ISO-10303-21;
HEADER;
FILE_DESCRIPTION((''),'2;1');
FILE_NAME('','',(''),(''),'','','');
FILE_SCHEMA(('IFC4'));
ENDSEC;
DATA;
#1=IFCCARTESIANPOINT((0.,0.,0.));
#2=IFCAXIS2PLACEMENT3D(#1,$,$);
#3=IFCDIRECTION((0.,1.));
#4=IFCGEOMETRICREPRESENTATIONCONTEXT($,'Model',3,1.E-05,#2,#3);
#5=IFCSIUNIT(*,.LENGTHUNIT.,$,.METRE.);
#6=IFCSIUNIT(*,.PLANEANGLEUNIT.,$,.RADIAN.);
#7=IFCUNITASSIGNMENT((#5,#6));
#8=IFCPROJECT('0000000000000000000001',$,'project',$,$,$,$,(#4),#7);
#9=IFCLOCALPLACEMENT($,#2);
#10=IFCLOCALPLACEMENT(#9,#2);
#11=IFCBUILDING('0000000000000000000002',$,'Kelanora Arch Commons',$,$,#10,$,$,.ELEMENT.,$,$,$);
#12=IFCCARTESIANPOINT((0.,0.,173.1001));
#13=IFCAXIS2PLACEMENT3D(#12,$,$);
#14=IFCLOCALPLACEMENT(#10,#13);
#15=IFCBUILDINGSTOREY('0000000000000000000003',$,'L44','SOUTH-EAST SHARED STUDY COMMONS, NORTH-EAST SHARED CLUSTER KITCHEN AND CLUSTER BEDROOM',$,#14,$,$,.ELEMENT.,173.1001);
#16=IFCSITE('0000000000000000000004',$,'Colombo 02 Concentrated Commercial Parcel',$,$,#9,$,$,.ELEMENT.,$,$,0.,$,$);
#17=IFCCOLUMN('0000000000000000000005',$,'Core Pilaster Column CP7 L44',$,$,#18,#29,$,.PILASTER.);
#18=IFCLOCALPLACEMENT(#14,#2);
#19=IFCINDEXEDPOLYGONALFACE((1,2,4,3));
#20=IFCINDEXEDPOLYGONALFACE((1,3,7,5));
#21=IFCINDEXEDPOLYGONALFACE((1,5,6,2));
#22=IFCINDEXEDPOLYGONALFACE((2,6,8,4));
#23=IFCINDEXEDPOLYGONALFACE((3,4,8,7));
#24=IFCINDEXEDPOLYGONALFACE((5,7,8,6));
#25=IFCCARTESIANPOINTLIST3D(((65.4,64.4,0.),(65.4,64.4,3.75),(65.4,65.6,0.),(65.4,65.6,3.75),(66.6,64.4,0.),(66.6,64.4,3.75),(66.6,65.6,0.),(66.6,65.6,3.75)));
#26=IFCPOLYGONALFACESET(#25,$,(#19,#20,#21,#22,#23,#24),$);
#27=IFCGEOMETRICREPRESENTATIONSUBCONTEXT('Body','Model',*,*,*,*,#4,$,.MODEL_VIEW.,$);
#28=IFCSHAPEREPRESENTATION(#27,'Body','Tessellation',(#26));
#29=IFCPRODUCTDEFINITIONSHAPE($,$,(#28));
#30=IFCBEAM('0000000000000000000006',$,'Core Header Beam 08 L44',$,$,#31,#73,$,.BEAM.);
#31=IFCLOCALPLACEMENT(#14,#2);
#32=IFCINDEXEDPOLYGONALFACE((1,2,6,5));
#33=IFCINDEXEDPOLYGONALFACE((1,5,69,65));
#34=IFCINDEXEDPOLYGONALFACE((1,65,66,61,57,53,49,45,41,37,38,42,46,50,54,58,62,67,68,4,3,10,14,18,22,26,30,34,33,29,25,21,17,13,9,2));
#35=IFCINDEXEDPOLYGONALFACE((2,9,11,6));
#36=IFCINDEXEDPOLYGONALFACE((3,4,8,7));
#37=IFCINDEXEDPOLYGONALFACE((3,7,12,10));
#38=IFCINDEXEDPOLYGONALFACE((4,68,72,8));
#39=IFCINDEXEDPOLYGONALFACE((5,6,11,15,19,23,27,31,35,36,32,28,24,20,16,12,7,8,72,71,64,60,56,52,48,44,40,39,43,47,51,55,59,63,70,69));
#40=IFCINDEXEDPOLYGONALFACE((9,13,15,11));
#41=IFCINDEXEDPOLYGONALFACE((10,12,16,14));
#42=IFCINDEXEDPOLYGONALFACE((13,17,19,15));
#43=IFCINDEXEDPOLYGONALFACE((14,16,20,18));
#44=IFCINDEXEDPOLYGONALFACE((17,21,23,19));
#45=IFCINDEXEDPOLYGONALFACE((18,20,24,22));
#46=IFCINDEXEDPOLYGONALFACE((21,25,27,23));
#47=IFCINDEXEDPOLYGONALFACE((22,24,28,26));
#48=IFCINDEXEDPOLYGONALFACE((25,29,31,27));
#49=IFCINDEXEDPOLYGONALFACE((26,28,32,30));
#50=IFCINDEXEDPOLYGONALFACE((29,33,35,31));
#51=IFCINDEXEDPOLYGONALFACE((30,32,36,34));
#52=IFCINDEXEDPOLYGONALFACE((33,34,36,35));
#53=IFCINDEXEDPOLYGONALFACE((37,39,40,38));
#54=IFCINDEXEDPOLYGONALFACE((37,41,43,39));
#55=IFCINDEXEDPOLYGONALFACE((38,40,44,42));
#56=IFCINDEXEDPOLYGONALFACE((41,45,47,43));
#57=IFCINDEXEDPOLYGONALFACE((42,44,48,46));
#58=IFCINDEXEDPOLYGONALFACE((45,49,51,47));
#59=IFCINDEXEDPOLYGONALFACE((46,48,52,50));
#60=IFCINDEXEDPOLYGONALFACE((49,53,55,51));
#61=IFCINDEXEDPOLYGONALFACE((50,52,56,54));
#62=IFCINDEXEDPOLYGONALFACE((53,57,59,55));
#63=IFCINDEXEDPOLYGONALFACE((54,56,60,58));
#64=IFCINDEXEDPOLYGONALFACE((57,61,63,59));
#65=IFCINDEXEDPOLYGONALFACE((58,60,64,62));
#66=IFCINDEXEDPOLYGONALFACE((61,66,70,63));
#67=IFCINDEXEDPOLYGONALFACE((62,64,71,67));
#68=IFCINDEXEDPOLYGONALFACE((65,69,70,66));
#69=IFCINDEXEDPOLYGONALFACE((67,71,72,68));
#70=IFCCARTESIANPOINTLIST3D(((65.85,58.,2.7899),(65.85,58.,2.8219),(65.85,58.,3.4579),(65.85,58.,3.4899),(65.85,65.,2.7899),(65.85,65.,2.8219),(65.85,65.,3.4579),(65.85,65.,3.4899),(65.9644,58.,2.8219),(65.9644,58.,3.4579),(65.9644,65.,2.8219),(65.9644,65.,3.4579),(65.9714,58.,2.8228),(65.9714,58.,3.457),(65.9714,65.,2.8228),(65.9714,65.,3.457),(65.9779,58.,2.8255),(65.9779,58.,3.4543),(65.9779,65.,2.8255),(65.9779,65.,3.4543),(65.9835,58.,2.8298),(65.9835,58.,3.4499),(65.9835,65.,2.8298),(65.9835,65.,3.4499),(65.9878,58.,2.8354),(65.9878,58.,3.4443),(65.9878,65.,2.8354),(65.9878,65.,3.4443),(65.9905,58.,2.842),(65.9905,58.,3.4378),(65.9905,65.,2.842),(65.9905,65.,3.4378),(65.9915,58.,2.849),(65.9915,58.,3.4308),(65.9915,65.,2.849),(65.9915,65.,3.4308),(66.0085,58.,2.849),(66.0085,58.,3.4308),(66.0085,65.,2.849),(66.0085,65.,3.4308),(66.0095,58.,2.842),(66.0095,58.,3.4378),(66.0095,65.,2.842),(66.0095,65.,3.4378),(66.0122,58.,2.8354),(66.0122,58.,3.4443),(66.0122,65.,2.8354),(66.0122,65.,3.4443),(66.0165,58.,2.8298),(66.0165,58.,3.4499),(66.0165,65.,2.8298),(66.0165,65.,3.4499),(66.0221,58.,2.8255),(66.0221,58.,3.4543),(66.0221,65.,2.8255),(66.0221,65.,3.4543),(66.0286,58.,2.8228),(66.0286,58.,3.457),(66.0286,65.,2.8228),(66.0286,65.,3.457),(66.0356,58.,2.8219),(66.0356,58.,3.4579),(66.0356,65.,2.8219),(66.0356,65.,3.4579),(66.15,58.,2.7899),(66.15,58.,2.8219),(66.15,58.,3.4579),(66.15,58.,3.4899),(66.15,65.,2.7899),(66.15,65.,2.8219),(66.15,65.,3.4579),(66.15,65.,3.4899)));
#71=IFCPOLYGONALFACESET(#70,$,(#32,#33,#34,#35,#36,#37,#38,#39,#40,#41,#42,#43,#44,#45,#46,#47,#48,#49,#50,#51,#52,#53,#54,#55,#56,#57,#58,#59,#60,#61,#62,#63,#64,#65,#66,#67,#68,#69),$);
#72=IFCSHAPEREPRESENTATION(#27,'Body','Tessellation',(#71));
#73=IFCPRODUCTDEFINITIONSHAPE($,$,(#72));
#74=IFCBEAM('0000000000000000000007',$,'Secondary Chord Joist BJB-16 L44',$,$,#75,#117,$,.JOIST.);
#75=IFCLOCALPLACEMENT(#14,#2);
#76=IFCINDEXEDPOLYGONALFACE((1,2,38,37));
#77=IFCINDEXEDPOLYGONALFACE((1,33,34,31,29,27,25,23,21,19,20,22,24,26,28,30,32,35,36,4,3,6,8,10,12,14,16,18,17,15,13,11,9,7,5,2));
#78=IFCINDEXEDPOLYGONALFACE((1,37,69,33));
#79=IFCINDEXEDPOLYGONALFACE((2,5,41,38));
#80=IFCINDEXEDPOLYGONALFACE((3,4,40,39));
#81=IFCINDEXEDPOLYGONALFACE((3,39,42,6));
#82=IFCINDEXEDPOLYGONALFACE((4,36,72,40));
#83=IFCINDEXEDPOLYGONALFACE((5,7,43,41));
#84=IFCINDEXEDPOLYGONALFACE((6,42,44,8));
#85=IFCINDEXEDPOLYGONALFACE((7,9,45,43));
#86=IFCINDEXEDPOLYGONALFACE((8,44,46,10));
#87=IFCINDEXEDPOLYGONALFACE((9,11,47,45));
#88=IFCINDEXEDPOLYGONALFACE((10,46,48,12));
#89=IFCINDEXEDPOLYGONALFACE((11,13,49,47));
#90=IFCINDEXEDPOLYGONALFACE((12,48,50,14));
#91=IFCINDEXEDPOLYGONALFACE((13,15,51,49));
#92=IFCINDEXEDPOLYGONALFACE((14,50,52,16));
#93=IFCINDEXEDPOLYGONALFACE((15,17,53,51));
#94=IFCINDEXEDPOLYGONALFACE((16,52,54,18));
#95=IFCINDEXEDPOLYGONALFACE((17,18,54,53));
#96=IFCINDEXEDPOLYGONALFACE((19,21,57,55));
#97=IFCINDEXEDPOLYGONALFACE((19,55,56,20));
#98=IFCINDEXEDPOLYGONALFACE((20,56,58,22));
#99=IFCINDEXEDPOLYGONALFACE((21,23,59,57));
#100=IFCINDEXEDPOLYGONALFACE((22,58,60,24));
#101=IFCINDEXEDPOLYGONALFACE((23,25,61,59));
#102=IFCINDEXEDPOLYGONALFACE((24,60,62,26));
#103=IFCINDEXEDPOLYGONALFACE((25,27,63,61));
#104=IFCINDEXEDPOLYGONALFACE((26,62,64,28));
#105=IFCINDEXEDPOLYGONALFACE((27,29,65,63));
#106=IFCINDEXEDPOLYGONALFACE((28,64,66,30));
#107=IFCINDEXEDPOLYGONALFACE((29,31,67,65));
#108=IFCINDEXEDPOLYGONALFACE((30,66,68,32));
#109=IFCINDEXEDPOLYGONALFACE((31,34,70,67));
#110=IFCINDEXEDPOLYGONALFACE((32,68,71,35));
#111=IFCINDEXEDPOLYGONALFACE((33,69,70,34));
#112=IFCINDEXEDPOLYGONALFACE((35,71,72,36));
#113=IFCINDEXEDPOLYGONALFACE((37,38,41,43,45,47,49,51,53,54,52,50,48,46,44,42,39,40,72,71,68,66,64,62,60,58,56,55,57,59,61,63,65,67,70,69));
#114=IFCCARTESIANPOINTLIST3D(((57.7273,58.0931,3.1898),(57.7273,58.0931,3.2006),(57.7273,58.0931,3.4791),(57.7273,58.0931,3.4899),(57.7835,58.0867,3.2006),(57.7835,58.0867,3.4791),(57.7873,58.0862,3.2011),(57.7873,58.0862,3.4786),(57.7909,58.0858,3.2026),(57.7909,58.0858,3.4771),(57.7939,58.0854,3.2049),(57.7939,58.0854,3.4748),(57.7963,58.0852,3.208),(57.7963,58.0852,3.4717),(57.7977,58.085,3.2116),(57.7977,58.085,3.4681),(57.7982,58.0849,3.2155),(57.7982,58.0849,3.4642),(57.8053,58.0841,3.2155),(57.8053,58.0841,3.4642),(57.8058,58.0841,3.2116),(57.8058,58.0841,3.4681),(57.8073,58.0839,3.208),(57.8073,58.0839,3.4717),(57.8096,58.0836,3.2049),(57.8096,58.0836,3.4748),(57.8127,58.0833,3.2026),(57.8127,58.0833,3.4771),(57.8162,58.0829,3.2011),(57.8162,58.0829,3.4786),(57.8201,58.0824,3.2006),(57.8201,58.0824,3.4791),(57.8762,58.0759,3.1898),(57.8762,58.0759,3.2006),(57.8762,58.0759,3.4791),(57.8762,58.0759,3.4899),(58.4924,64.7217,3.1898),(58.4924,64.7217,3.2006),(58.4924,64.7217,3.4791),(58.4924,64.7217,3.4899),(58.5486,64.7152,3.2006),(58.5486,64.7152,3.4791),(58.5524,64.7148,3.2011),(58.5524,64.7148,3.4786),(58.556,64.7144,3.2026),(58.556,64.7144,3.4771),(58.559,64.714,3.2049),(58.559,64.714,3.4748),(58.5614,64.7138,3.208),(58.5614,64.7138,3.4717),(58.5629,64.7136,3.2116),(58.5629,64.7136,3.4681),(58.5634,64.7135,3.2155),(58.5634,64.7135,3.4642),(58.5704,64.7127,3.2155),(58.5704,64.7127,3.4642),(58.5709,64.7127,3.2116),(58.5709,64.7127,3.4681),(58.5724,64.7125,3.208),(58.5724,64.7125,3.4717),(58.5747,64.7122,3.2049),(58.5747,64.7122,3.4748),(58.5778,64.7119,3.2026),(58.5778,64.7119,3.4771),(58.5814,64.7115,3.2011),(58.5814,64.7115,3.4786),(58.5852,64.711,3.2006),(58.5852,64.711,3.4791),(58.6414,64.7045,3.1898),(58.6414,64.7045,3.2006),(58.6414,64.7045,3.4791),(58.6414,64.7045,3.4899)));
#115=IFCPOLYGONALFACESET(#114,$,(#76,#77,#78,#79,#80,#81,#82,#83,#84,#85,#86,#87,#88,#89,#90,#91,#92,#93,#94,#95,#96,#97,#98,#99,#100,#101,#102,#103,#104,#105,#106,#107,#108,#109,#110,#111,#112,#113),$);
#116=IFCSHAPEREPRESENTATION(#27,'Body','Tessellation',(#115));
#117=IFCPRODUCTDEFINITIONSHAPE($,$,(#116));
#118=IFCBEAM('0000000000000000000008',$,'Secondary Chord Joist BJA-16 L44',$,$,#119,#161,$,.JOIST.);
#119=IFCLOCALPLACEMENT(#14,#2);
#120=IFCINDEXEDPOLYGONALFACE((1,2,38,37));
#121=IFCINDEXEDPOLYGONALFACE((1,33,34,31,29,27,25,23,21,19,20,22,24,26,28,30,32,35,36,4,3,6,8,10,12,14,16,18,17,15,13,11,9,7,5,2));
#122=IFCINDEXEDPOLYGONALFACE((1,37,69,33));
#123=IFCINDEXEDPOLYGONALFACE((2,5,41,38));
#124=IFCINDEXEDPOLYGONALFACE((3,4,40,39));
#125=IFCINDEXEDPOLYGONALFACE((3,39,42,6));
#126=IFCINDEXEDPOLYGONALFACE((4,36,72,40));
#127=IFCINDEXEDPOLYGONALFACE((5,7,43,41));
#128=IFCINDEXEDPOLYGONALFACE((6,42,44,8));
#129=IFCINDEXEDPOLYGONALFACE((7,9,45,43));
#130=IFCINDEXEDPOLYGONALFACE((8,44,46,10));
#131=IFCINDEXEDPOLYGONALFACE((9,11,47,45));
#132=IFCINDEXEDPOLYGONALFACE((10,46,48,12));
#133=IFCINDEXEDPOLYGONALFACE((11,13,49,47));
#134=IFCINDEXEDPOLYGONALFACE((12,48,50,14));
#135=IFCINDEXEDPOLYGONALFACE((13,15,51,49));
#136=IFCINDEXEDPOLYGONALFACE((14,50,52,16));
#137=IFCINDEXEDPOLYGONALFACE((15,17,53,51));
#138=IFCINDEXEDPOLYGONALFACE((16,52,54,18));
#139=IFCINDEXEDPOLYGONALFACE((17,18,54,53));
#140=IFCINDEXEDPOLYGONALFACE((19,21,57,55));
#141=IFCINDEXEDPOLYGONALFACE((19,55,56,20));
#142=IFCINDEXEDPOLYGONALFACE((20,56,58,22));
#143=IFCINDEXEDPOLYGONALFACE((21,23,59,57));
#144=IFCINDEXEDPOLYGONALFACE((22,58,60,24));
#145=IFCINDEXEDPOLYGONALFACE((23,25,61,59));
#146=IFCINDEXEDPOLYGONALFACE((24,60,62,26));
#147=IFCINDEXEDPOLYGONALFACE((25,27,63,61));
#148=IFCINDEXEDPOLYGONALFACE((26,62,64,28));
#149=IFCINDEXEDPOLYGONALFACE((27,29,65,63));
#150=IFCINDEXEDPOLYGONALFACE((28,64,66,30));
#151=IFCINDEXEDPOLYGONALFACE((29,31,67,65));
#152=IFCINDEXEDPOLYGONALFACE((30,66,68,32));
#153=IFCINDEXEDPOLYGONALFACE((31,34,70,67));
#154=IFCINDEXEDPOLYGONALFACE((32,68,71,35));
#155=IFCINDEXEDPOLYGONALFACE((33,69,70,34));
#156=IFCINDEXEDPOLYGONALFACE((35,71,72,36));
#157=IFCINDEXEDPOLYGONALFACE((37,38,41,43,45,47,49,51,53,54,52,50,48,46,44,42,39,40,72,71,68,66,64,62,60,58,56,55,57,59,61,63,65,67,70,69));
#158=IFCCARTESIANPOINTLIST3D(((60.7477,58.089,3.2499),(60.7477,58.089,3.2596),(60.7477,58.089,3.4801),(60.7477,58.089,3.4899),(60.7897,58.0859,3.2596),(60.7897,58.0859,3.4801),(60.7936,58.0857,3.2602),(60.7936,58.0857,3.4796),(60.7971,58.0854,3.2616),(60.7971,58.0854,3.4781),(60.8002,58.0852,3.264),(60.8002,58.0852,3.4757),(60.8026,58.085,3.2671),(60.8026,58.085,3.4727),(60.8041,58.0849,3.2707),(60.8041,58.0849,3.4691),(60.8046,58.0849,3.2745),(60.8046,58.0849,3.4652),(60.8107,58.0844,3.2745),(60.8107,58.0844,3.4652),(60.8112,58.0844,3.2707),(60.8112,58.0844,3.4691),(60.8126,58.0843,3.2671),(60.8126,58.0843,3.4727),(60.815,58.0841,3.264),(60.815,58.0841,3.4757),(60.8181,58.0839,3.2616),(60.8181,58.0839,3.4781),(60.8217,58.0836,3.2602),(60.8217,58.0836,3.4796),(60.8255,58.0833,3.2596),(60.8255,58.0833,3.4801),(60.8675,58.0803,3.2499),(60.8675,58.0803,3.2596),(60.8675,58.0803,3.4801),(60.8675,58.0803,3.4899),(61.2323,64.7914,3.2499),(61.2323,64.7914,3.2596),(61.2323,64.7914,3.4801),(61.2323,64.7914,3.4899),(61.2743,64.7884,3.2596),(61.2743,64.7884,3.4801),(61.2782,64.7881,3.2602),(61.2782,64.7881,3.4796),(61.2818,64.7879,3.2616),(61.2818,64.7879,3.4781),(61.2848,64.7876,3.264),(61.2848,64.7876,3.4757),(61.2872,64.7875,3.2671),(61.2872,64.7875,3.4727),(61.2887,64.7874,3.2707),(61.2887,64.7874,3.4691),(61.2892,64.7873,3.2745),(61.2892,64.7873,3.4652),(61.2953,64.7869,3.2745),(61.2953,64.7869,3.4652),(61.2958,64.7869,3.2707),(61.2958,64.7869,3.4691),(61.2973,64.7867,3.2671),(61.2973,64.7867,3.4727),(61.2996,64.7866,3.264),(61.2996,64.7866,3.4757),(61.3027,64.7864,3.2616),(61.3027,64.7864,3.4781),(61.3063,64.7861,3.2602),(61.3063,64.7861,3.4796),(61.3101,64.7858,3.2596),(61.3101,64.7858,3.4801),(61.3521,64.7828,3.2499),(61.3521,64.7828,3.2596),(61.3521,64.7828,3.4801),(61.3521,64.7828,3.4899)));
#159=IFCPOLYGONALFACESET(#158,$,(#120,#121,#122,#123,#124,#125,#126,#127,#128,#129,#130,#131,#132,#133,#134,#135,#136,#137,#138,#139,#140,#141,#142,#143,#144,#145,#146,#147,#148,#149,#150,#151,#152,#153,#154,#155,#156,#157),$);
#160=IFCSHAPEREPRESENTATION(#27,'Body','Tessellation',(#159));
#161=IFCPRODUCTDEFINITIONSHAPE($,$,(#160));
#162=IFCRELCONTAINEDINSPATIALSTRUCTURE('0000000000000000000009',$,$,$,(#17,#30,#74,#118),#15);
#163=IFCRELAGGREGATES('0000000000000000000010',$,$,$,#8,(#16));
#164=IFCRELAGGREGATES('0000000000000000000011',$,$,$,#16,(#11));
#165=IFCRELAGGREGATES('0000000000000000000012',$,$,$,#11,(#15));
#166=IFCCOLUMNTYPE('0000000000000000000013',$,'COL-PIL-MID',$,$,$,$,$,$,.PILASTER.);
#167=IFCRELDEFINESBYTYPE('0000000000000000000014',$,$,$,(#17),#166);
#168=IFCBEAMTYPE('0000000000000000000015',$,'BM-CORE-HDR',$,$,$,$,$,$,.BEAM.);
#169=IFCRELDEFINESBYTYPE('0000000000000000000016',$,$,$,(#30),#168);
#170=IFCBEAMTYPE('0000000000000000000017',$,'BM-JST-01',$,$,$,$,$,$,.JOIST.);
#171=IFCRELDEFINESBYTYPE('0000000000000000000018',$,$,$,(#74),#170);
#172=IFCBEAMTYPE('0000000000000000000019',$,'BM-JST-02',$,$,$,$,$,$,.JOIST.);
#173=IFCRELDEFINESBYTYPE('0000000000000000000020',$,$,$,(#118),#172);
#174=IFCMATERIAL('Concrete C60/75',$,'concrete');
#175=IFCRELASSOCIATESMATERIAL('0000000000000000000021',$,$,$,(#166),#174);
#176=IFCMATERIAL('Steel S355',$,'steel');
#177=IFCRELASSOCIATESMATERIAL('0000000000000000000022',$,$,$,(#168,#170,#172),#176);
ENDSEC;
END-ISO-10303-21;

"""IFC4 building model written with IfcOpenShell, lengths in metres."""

from ifc_helpers import new_model, si_unit, direction, frame, origin, origin_2d, place, context, subcontext, project, spatial, rectangle, i_section, extrude, material, material_profile, profile_set, type_object, element, save


model = new_model("IFC4")

# Units and contexts
model_context = context("Model", 3, precision=1e-05, world=origin(), true_north=direction((0.0, 1.0)))
body_context = subcontext(model_context, "Body", "Model", "MODEL_VIEW")
ifc_project = project(units=[si_unit("LENGTHUNIT", "METRE"), si_unit("PLANEANGLEUNIT", "RADIAN")], contexts=[model_context])

# Site, building, storey
site_placement = place(None, origin())
site = spatial("IfcSite", under=ifc_project, at=site_placement, Name="Colombo 02 Concentrated Commercial Parcel", CompositionType="ELEMENT", RefElevation=0.0)
building_placement = place(site_placement, origin())
building = spatial("IfcBuilding", under=site, at=building_placement, Name="Kelanora Arch Commons", CompositionType="ELEMENT")
storey_placement = place(building_placement, frame((0.0, 0.0, 173.1001)))
storey = spatial("IfcBuildingStorey", under=building, at=storey_placement, Name="L44", Description="SOUTH-EAST SHARED STUDY COMMONS, NORTH-EAST SHARED CLUSTER KITCHEN AND CLUSTER BEDROOM", CompositionType="ELEMENT", Elevation=173.1001)

# Column
ifc_material_1 = material(Name="Concrete C60/75", Category="concrete")
ifc_material_profile_1 = material_profile(ifc_material_1, rectangle(XDim=1.2, YDim=1.2, at=origin_2d()), Name="RC1200x1200")
ifc_profile_set_1 = profile_set([ifc_material_profile_1], Name="Concrete C60/75")
column_type = type_object("IfcColumnType", Name="COL-PIL-MID", PredefinedType="PILASTER", material=ifc_profile_set_1)
column_placement = place(storey_placement, frame((66.0, 65.0, 0.0), z_axis=(0.0, 0.0, 1.0), x_axis=(1.0, 0.0, 0.0)))
element("IfcColumn", 1, at=column_placement, inside=storey, type_object=column_type, Name="Core Pilaster Column CP7 L44", PredefinedType="PILASTER", context=body_context, shape_type="SweptSolid", body=[
    extrude(rectangle(XDim=1.2, YDim=1.2, at=origin_2d()), origin(), (0.0, 0.0, 1.0), 3.75),
])

# Beams
ifc_material_2 = material(Name="Steel S355", Category="steel")
ifc_material_profile_2 = material_profile(ifc_material_2, i_section(OverallWidth=0.3, OverallDepth=0.7, WebThickness=0.0171, FlangeThickness=0.032, FilletRadius=0.0271, at=origin_2d()), Name="HEB700")
ifc_profile_set_2 = profile_set([ifc_material_profile_2], Name="Steel S355")
beam_type_1 = type_object("IfcBeamType", Name="BM-CORE-HDR", PredefinedType="BEAM", material=ifc_profile_set_2)
beam_1_placement = place(storey_placement, frame((66.0, 65.0, 3.1399), z_axis=(0.0, -1.0, 0.0), x_axis=(1.0, 0.0, 0.0)))
element("IfcBeam", 2, at=beam_1_placement, inside=storey, type_object=beam_type_1, Name="Core Header Beam 08 L44", PredefinedType="BEAM", context=body_context, shape_type="SweptSolid", body=[
    extrude(i_section(OverallWidth=0.3, OverallDepth=0.7, WebThickness=0.0171, FlangeThickness=0.032, FilletRadius=0.0271, at=origin_2d()), origin(), (0.0, 0.0, 1.0), 7.0),
])
ifc_material_profile_3 = material_profile(ifc_material_2, i_section(OverallWidth=0.1499, OverallDepth=0.3, WebThickness=0.0071, FlangeThickness=0.0107, FilletRadius=0.0149, at=origin_2d()), Name="IPE300")
ifc_profile_set_3 = profile_set([ifc_material_profile_3], Name="Steel S355")
beam_type_2 = type_object("IfcBeamType", Name="BM-JST-01", PredefinedType="JOIST", material=ifc_profile_set_3)
beam_2_placement = place(storey_placement, frame((58.5669, 64.7131, 3.3398), z_axis=(-0.114667, -0.993404, 0.0), x_axis=(0.993404, -0.114667, 0.0)))
element("IfcBeam", 3, at=beam_2_placement, inside=storey, type_object=beam_type_2, Name="Secondary Chord Joist BJB-16 L44", PredefinedType="JOIST", context=body_context, shape_type="SweptSolid", body=[
    extrude(i_section(OverallWidth=0.1499, OverallDepth=0.3, WebThickness=0.0071, FlangeThickness=0.0107, FilletRadius=0.0149, at=origin_2d()), origin(), (0.0, 0.0, 1.0), 6.6726),
])
ifc_material_profile_4 = material_profile(ifc_material_2, i_section(OverallWidth=0.1201, OverallDepth=0.24, WebThickness=0.0061, FlangeThickness=0.0098, FilletRadius=0.0149, at=origin_2d()), Name="IPE240")
ifc_profile_set_4 = profile_set([ifc_material_profile_4], Name="Steel S355")
beam_type_3 = type_object("IfcBeamType", Name="BM-JST-02", PredefinedType="JOIST", material=ifc_profile_set_4)
beam_3_placement = place(storey_placement, frame((61.2922, 64.7871, 3.3699), z_axis=(-0.072117, -0.997396, 0.0), x_axis=(0.997396, -0.072117, 0.0)))
element("IfcBeam", 4, at=beam_3_placement, inside=storey, type_object=beam_type_3, Name="Secondary Chord Joist BJA-16 L44", PredefinedType="JOIST", context=body_context, shape_type="SweptSolid", body=[
    extrude(i_section(OverallWidth=0.1201, OverallDepth=0.24, WebThickness=0.0061, FlangeThickness=0.0098, FilletRadius=0.0149, at=origin_2d()), origin(), (0.0, 0.0, 1.0), 6.72),
])

save(model, "model.ifc")
